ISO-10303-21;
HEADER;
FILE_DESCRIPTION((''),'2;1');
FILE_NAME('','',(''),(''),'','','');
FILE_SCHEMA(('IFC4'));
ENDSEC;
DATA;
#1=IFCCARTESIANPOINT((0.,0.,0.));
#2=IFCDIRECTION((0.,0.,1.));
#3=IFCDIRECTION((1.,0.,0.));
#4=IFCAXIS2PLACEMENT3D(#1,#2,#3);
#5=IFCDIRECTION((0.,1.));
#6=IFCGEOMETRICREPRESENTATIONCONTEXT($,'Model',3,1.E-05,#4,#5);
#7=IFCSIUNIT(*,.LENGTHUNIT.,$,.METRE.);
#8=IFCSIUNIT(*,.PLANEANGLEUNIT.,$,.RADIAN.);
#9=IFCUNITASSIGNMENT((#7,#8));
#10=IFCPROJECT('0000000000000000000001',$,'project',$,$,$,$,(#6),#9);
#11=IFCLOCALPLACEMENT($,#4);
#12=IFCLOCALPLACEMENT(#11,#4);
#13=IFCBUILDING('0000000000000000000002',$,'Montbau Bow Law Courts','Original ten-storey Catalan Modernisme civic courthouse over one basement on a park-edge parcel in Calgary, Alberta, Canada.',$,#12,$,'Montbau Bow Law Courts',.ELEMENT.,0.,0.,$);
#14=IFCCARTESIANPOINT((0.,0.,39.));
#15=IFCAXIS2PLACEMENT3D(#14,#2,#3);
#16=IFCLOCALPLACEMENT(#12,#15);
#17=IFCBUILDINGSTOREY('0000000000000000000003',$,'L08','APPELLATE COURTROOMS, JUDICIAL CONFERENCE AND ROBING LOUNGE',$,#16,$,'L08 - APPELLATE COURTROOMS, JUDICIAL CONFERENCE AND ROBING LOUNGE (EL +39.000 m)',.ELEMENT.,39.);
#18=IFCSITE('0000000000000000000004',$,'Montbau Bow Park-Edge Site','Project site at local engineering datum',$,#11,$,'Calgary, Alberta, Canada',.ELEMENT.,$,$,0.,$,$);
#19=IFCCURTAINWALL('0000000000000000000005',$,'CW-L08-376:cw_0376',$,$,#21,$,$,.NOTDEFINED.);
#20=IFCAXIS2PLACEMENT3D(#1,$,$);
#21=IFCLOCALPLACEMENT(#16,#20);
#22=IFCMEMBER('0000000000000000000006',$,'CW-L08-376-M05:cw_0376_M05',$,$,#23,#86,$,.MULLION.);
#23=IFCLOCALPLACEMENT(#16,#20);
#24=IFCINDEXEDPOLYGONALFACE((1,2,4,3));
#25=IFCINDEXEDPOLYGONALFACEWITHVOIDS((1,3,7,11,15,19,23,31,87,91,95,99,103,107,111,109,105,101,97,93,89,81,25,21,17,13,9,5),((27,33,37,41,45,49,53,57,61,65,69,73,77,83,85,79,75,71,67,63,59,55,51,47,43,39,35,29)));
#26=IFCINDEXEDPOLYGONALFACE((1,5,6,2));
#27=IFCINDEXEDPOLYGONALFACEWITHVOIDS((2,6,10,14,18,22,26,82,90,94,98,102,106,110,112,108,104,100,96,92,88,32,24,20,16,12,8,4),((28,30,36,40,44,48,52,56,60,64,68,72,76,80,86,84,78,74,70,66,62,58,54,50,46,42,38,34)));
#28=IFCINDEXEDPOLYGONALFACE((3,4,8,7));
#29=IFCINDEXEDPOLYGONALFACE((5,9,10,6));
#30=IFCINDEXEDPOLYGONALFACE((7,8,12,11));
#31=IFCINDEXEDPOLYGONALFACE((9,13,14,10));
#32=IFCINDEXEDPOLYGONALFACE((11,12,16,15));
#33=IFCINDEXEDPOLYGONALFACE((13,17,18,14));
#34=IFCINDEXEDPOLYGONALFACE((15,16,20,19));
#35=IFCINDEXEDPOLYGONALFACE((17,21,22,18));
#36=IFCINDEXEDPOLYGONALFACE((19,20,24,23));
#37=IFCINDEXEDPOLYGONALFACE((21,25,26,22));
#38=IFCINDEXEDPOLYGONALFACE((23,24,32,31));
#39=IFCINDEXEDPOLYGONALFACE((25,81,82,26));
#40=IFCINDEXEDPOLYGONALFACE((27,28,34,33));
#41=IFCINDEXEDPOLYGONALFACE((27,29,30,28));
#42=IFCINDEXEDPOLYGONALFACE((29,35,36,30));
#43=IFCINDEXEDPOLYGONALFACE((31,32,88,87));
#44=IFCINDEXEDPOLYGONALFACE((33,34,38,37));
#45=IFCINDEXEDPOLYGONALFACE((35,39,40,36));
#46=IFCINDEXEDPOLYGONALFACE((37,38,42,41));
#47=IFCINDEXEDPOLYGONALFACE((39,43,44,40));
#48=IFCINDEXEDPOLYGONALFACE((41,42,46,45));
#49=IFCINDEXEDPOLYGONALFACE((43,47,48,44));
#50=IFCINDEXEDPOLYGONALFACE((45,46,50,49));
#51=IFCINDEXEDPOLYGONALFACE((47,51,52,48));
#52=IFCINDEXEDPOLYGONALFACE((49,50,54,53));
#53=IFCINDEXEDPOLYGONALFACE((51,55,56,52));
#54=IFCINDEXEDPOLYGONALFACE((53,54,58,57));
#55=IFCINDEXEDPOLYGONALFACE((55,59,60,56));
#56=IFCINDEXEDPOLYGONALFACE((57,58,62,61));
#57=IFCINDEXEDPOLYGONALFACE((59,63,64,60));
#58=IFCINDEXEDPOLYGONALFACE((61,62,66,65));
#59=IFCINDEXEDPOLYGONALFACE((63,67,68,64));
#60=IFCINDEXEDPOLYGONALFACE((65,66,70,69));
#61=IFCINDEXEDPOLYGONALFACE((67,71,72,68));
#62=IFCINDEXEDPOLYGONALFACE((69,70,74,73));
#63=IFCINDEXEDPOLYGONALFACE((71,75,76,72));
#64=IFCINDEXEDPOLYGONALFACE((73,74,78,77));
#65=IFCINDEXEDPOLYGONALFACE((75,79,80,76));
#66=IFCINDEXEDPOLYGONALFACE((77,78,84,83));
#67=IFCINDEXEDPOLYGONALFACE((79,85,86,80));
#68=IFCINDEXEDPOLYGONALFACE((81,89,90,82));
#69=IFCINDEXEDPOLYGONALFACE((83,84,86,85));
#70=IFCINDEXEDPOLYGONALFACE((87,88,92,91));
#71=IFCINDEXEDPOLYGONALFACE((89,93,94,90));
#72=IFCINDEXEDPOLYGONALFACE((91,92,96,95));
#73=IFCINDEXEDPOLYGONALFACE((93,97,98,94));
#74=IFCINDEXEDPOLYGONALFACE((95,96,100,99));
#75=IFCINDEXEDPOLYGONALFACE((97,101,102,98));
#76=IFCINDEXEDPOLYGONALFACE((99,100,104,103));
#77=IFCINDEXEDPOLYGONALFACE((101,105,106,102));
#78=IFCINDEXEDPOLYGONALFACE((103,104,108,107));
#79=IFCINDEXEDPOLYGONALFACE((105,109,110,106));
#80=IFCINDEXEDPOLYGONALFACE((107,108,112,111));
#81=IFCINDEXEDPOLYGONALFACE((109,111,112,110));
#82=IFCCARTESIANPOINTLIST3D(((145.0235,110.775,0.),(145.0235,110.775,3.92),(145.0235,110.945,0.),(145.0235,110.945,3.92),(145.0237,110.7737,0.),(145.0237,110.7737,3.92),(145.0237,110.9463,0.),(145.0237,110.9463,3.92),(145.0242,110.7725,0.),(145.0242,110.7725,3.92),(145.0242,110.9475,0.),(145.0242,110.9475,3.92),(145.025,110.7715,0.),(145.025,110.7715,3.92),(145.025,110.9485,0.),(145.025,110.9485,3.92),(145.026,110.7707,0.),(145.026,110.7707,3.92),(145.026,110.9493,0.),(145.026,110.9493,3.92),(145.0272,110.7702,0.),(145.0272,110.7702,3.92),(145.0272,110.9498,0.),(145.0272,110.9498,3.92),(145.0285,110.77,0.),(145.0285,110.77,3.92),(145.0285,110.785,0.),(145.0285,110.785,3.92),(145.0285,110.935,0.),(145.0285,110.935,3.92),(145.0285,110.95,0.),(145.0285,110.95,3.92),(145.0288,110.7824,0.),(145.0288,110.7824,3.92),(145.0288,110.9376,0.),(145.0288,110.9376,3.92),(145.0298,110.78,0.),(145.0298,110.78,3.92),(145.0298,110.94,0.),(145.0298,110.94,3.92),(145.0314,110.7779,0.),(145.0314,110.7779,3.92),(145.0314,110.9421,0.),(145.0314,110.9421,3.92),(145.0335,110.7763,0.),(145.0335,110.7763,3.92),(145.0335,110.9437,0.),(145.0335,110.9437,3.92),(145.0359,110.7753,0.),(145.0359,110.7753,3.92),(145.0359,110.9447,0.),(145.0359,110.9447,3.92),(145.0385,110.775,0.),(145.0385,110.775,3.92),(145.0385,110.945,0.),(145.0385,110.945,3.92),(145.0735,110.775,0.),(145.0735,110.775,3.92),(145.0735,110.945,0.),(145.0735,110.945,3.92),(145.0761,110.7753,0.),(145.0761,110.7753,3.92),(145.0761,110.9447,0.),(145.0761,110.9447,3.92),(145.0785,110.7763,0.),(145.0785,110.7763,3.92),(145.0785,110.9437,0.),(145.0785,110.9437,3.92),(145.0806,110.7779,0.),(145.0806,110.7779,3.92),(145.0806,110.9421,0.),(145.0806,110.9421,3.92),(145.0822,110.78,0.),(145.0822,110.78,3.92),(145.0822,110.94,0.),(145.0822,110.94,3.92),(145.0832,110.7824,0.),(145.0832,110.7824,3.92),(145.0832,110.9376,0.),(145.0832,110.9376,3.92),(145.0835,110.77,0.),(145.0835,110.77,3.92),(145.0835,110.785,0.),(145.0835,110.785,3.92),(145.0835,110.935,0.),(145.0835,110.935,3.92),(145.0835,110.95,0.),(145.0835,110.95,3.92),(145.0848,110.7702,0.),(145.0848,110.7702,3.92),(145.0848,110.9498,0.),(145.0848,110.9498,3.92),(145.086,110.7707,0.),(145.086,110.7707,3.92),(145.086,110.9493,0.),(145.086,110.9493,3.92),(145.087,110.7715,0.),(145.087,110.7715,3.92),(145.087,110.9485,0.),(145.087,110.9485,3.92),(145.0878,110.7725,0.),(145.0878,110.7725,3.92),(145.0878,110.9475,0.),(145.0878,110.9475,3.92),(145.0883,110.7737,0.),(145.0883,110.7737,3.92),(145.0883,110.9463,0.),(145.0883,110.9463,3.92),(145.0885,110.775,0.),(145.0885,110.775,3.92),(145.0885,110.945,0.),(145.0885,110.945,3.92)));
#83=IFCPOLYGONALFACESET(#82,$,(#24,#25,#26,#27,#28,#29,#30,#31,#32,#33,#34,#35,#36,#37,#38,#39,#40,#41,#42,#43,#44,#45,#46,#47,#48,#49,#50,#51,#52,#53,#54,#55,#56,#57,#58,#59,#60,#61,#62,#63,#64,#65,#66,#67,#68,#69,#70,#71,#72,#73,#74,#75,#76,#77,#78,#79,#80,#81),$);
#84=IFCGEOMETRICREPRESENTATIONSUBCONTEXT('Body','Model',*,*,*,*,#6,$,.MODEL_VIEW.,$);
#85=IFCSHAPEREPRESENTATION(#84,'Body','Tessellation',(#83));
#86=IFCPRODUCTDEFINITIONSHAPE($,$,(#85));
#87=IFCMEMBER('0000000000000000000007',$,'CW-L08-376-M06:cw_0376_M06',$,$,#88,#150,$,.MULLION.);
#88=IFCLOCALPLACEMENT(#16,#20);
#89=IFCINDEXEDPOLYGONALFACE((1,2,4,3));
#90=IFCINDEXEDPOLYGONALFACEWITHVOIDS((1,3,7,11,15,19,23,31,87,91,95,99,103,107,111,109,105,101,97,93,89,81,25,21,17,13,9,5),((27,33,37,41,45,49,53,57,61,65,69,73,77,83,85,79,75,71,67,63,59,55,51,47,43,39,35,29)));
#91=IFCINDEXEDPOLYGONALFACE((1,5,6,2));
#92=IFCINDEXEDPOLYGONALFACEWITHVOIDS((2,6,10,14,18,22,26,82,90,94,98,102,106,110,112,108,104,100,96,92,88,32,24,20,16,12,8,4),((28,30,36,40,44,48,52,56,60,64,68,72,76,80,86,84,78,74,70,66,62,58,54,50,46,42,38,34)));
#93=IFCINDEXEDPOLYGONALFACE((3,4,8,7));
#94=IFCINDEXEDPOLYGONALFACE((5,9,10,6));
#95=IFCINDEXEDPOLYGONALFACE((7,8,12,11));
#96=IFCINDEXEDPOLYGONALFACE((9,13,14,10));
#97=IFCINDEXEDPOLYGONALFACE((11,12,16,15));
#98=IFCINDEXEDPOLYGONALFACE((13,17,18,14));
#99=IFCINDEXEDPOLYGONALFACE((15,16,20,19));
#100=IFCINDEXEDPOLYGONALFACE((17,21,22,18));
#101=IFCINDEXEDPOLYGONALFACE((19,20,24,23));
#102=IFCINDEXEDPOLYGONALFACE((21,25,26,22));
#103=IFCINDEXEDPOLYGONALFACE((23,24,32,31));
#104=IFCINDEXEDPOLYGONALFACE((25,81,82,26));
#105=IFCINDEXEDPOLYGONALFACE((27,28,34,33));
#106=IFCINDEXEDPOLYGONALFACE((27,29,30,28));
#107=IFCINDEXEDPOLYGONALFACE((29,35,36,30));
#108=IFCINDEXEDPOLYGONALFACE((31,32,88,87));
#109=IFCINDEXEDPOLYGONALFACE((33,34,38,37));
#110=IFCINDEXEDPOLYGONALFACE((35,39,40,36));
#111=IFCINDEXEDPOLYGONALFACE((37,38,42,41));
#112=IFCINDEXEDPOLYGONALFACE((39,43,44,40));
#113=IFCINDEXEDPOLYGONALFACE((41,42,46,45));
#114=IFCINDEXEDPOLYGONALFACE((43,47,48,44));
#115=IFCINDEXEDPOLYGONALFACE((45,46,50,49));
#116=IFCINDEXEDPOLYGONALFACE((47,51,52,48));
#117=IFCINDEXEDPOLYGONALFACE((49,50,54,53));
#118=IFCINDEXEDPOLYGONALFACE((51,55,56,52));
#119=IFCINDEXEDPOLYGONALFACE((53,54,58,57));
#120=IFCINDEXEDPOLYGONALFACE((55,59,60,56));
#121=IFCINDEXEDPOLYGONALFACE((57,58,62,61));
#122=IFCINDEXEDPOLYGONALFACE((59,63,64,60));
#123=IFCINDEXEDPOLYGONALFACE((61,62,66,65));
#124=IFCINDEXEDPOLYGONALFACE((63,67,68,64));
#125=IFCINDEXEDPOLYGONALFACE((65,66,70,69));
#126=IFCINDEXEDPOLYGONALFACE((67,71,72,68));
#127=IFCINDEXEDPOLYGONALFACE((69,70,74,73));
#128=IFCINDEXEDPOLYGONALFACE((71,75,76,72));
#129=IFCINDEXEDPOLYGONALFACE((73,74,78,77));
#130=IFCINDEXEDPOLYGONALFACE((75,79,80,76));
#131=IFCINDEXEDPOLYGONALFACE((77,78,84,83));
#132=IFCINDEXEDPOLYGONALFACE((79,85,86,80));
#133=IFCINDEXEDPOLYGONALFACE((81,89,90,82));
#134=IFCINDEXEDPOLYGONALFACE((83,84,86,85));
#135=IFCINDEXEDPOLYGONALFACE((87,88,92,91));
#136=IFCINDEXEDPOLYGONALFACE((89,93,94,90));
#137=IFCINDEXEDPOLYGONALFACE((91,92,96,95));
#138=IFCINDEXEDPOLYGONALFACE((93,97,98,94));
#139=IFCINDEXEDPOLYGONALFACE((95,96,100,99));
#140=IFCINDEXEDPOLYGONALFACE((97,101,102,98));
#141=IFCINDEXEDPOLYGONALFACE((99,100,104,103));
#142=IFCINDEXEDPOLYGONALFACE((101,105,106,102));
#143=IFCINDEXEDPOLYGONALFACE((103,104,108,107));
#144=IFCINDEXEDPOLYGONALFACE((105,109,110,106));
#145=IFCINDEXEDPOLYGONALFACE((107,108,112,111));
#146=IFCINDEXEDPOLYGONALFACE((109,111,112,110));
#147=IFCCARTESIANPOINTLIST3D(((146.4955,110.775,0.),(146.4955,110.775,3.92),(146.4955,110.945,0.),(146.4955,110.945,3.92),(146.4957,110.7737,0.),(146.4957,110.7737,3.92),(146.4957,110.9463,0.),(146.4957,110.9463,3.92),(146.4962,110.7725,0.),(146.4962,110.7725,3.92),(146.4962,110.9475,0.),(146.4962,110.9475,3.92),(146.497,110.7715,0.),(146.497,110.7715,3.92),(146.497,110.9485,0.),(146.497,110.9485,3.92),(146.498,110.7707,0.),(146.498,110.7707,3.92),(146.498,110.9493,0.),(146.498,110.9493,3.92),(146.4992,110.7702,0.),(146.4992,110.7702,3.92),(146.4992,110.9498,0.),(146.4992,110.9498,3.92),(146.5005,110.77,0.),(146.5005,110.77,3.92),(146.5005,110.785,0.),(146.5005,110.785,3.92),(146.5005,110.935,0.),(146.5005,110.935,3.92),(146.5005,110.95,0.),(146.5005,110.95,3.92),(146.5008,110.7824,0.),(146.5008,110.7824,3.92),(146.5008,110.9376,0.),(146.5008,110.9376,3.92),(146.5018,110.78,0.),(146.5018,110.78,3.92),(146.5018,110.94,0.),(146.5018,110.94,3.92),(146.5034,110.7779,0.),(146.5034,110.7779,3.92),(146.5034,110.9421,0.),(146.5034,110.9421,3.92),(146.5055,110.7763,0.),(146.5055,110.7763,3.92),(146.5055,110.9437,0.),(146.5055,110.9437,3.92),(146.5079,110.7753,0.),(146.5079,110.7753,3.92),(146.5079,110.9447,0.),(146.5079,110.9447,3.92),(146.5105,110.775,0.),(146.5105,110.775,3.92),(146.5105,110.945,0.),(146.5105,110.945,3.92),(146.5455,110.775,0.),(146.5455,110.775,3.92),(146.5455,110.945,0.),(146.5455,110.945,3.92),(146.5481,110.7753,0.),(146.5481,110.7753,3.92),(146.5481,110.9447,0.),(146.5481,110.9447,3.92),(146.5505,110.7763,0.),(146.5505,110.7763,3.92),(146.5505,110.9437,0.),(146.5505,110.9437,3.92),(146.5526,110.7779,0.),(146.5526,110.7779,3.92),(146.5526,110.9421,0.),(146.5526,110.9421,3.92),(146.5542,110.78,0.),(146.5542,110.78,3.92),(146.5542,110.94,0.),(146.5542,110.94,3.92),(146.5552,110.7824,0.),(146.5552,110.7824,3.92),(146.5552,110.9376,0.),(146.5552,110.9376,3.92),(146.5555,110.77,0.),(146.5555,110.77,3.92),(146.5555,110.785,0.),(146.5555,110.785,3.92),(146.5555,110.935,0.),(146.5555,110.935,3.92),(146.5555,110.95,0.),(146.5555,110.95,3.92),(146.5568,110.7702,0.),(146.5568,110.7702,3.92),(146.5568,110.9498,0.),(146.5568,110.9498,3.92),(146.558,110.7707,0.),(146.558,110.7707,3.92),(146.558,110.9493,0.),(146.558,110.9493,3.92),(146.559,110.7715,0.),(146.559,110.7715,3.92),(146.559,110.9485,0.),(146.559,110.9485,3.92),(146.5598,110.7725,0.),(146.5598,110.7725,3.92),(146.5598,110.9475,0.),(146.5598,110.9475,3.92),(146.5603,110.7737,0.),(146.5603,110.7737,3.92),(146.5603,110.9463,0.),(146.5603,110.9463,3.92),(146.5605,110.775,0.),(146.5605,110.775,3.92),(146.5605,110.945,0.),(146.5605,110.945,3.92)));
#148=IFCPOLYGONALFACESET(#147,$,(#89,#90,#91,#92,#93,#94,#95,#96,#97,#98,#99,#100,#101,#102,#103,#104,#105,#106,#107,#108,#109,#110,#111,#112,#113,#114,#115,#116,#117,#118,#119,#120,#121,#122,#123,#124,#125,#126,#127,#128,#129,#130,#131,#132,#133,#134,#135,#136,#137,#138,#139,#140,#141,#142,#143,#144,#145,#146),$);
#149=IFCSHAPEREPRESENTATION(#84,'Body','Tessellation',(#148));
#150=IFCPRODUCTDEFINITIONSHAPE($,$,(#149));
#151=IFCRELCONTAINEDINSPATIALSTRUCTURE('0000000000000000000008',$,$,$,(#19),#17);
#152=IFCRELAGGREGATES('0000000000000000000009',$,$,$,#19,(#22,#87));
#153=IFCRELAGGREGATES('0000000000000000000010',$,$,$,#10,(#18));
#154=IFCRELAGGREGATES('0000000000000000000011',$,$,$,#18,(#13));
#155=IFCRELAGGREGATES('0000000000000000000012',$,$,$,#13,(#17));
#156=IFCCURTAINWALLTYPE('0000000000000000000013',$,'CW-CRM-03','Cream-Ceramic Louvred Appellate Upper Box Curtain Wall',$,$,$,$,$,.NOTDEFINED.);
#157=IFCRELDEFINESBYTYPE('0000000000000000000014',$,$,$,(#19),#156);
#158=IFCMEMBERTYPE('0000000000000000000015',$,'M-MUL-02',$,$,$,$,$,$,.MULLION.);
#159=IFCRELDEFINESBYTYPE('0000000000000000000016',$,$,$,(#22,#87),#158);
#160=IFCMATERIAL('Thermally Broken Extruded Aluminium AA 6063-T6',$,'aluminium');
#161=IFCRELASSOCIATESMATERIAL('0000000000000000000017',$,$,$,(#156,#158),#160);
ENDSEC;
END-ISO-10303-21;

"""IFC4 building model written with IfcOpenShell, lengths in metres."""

from ifc_helpers import new_model, si_unit, direction, frame, origin_with_axes, origin_2d_with_axis, place, context, subcontext, project, spatial, hollow_rectangle, extrude, material, material_profile, profile_set, type_object, element, aggregate, save


model = new_model("IFC4")

# Units and contexts
model_context = context("Model", 3, precision=1e-05, world=origin_with_axes(), true_north=direction((0.0, 1.0)))
body_context = subcontext(model_context, "Body", "Model", "MODEL_VIEW")
ifc_project = project(units=[si_unit("LENGTHUNIT", "METRE"), si_unit("PLANEANGLEUNIT", "RADIAN")], contexts=[model_context])

# Site, building, storey
site_placement = place(None, origin_with_axes())
site = spatial("IfcSite", under=ifc_project, at=site_placement, Name="Montbau Bow Park-Edge Site", Description="Project site at local engineering datum", LongName="Calgary, Alberta, Canada", CompositionType="ELEMENT", RefElevation=0.0)
building_placement = place(site_placement, origin_with_axes())
building = spatial("IfcBuilding", under=site, at=building_placement, Name="Montbau Bow Law Courts", Description="Original ten-storey Catalan Modernisme civic courthouse over one basement on a park-edge parcel in Calgary, Alberta, Canada.", LongName="Montbau Bow Law Courts", CompositionType="ELEMENT", ElevationOfRefHeight=0.0, ElevationOfTerrain=0.0)
storey_placement = place(building_placement, frame((0.0, 0.0, 39.0), z_axis=(0.0, 0.0, 1.0), x_axis=(1.0, 0.0, 0.0)))
storey = spatial("IfcBuildingStorey", under=building, at=storey_placement, Name="L08", Description="APPELLATE COURTROOMS, JUDICIAL CONFERENCE AND ROBING LOUNGE", LongName="L08 - APPELLATE COURTROOMS, JUDICIAL CONFERENCE AND ROBING LOUNGE (EL +39.000 m)", CompositionType="ELEMENT", Elevation=39.0)

# Curtain wall, members
ifc_material_1 = material(Name="Thermally Broken Extruded Aluminium AA 6063-T6", Category="aluminium")
curtain_wall_type = type_object("IfcCurtainWallType", Name="CW-CRM-03", Description="Cream-Ceramic Louvred Appellate Upper Box Curtain Wall", PredefinedType="NOTDEFINED", material=ifc_material_1)
curtain_wall_1_placement = place(None, frame((139.04, 110.86, 39.0), z_axis=(0.0, 0.0, 1.0), x_axis=(1.0, 0.0, 0.0)))
curtain_wall_1 = element("IfcCurtainWall", 1, at=curtain_wall_1_placement, inside=storey, type_object=curtain_wall_type, Name="CW-L08-376:cw_0376", PredefinedType="NOTDEFINED")
ifc_material_profile_1 = material_profile(ifc_material_1, hollow_rectangle(XDim=0.065, YDim=0.18, WallThickness=0.005, InnerFilletRadius=0.01, OuterFilletRadius=0.005, at=origin_2d_with_axis()), Name="CWM-180X65", Category="Main", Priority=0)
ifc_profile_set_1 = profile_set([ifc_material_profile_1], Name="Thermally Broken Extruded Aluminium AA 6063-T6")
member_type_1 = type_object("IfcMemberType", Name="M-MUL-02", PredefinedType="MULLION", material=ifc_profile_set_1)
member_1_placement = place(None, frame((145.056, 110.86, 39.0), z_axis=(0.0, 0.0, 1.0), x_axis=(1.0, 0.0, 0.0)))
member_1 = element("IfcMember", 2, at=member_1_placement, type_object=member_type_1, Name="CW-L08-376-M05:cw_0376_M05", PredefinedType="MULLION", context=body_context, shape_type="SweptSolid", body=[
    extrude(hollow_rectangle(XDim=0.065, YDim=0.18, WallThickness=0.005, InnerFilletRadius=0.01, OuterFilletRadius=0.005, at=origin_2d_with_axis()), origin_with_axes(), (0.0, 0.0, 1.0), 3.92),
])
member_2_placement = place(None, frame((146.528, 110.86, 39.0), z_axis=(0.0, 0.0, 1.0), x_axis=(1.0, 0.0, 0.0)))
member_2 = element("IfcMember", 3, at=member_2_placement, type_object=member_type_1, Name="CW-L08-376-M06:cw_0376_M06", PredefinedType="MULLION", context=body_context, shape_type="SweptSolid", body=[
    extrude(hollow_rectangle(XDim=0.065, YDim=0.18, WallThickness=0.005, InnerFilletRadius=0.01, OuterFilletRadius=0.005, at=origin_2d_with_axis()), origin_with_axes(), (0.0, 0.0, 1.0), 3.92),
])

aggregate(curtain_wall_1, [member_1, member_2])

save(model, "model.ifc")
